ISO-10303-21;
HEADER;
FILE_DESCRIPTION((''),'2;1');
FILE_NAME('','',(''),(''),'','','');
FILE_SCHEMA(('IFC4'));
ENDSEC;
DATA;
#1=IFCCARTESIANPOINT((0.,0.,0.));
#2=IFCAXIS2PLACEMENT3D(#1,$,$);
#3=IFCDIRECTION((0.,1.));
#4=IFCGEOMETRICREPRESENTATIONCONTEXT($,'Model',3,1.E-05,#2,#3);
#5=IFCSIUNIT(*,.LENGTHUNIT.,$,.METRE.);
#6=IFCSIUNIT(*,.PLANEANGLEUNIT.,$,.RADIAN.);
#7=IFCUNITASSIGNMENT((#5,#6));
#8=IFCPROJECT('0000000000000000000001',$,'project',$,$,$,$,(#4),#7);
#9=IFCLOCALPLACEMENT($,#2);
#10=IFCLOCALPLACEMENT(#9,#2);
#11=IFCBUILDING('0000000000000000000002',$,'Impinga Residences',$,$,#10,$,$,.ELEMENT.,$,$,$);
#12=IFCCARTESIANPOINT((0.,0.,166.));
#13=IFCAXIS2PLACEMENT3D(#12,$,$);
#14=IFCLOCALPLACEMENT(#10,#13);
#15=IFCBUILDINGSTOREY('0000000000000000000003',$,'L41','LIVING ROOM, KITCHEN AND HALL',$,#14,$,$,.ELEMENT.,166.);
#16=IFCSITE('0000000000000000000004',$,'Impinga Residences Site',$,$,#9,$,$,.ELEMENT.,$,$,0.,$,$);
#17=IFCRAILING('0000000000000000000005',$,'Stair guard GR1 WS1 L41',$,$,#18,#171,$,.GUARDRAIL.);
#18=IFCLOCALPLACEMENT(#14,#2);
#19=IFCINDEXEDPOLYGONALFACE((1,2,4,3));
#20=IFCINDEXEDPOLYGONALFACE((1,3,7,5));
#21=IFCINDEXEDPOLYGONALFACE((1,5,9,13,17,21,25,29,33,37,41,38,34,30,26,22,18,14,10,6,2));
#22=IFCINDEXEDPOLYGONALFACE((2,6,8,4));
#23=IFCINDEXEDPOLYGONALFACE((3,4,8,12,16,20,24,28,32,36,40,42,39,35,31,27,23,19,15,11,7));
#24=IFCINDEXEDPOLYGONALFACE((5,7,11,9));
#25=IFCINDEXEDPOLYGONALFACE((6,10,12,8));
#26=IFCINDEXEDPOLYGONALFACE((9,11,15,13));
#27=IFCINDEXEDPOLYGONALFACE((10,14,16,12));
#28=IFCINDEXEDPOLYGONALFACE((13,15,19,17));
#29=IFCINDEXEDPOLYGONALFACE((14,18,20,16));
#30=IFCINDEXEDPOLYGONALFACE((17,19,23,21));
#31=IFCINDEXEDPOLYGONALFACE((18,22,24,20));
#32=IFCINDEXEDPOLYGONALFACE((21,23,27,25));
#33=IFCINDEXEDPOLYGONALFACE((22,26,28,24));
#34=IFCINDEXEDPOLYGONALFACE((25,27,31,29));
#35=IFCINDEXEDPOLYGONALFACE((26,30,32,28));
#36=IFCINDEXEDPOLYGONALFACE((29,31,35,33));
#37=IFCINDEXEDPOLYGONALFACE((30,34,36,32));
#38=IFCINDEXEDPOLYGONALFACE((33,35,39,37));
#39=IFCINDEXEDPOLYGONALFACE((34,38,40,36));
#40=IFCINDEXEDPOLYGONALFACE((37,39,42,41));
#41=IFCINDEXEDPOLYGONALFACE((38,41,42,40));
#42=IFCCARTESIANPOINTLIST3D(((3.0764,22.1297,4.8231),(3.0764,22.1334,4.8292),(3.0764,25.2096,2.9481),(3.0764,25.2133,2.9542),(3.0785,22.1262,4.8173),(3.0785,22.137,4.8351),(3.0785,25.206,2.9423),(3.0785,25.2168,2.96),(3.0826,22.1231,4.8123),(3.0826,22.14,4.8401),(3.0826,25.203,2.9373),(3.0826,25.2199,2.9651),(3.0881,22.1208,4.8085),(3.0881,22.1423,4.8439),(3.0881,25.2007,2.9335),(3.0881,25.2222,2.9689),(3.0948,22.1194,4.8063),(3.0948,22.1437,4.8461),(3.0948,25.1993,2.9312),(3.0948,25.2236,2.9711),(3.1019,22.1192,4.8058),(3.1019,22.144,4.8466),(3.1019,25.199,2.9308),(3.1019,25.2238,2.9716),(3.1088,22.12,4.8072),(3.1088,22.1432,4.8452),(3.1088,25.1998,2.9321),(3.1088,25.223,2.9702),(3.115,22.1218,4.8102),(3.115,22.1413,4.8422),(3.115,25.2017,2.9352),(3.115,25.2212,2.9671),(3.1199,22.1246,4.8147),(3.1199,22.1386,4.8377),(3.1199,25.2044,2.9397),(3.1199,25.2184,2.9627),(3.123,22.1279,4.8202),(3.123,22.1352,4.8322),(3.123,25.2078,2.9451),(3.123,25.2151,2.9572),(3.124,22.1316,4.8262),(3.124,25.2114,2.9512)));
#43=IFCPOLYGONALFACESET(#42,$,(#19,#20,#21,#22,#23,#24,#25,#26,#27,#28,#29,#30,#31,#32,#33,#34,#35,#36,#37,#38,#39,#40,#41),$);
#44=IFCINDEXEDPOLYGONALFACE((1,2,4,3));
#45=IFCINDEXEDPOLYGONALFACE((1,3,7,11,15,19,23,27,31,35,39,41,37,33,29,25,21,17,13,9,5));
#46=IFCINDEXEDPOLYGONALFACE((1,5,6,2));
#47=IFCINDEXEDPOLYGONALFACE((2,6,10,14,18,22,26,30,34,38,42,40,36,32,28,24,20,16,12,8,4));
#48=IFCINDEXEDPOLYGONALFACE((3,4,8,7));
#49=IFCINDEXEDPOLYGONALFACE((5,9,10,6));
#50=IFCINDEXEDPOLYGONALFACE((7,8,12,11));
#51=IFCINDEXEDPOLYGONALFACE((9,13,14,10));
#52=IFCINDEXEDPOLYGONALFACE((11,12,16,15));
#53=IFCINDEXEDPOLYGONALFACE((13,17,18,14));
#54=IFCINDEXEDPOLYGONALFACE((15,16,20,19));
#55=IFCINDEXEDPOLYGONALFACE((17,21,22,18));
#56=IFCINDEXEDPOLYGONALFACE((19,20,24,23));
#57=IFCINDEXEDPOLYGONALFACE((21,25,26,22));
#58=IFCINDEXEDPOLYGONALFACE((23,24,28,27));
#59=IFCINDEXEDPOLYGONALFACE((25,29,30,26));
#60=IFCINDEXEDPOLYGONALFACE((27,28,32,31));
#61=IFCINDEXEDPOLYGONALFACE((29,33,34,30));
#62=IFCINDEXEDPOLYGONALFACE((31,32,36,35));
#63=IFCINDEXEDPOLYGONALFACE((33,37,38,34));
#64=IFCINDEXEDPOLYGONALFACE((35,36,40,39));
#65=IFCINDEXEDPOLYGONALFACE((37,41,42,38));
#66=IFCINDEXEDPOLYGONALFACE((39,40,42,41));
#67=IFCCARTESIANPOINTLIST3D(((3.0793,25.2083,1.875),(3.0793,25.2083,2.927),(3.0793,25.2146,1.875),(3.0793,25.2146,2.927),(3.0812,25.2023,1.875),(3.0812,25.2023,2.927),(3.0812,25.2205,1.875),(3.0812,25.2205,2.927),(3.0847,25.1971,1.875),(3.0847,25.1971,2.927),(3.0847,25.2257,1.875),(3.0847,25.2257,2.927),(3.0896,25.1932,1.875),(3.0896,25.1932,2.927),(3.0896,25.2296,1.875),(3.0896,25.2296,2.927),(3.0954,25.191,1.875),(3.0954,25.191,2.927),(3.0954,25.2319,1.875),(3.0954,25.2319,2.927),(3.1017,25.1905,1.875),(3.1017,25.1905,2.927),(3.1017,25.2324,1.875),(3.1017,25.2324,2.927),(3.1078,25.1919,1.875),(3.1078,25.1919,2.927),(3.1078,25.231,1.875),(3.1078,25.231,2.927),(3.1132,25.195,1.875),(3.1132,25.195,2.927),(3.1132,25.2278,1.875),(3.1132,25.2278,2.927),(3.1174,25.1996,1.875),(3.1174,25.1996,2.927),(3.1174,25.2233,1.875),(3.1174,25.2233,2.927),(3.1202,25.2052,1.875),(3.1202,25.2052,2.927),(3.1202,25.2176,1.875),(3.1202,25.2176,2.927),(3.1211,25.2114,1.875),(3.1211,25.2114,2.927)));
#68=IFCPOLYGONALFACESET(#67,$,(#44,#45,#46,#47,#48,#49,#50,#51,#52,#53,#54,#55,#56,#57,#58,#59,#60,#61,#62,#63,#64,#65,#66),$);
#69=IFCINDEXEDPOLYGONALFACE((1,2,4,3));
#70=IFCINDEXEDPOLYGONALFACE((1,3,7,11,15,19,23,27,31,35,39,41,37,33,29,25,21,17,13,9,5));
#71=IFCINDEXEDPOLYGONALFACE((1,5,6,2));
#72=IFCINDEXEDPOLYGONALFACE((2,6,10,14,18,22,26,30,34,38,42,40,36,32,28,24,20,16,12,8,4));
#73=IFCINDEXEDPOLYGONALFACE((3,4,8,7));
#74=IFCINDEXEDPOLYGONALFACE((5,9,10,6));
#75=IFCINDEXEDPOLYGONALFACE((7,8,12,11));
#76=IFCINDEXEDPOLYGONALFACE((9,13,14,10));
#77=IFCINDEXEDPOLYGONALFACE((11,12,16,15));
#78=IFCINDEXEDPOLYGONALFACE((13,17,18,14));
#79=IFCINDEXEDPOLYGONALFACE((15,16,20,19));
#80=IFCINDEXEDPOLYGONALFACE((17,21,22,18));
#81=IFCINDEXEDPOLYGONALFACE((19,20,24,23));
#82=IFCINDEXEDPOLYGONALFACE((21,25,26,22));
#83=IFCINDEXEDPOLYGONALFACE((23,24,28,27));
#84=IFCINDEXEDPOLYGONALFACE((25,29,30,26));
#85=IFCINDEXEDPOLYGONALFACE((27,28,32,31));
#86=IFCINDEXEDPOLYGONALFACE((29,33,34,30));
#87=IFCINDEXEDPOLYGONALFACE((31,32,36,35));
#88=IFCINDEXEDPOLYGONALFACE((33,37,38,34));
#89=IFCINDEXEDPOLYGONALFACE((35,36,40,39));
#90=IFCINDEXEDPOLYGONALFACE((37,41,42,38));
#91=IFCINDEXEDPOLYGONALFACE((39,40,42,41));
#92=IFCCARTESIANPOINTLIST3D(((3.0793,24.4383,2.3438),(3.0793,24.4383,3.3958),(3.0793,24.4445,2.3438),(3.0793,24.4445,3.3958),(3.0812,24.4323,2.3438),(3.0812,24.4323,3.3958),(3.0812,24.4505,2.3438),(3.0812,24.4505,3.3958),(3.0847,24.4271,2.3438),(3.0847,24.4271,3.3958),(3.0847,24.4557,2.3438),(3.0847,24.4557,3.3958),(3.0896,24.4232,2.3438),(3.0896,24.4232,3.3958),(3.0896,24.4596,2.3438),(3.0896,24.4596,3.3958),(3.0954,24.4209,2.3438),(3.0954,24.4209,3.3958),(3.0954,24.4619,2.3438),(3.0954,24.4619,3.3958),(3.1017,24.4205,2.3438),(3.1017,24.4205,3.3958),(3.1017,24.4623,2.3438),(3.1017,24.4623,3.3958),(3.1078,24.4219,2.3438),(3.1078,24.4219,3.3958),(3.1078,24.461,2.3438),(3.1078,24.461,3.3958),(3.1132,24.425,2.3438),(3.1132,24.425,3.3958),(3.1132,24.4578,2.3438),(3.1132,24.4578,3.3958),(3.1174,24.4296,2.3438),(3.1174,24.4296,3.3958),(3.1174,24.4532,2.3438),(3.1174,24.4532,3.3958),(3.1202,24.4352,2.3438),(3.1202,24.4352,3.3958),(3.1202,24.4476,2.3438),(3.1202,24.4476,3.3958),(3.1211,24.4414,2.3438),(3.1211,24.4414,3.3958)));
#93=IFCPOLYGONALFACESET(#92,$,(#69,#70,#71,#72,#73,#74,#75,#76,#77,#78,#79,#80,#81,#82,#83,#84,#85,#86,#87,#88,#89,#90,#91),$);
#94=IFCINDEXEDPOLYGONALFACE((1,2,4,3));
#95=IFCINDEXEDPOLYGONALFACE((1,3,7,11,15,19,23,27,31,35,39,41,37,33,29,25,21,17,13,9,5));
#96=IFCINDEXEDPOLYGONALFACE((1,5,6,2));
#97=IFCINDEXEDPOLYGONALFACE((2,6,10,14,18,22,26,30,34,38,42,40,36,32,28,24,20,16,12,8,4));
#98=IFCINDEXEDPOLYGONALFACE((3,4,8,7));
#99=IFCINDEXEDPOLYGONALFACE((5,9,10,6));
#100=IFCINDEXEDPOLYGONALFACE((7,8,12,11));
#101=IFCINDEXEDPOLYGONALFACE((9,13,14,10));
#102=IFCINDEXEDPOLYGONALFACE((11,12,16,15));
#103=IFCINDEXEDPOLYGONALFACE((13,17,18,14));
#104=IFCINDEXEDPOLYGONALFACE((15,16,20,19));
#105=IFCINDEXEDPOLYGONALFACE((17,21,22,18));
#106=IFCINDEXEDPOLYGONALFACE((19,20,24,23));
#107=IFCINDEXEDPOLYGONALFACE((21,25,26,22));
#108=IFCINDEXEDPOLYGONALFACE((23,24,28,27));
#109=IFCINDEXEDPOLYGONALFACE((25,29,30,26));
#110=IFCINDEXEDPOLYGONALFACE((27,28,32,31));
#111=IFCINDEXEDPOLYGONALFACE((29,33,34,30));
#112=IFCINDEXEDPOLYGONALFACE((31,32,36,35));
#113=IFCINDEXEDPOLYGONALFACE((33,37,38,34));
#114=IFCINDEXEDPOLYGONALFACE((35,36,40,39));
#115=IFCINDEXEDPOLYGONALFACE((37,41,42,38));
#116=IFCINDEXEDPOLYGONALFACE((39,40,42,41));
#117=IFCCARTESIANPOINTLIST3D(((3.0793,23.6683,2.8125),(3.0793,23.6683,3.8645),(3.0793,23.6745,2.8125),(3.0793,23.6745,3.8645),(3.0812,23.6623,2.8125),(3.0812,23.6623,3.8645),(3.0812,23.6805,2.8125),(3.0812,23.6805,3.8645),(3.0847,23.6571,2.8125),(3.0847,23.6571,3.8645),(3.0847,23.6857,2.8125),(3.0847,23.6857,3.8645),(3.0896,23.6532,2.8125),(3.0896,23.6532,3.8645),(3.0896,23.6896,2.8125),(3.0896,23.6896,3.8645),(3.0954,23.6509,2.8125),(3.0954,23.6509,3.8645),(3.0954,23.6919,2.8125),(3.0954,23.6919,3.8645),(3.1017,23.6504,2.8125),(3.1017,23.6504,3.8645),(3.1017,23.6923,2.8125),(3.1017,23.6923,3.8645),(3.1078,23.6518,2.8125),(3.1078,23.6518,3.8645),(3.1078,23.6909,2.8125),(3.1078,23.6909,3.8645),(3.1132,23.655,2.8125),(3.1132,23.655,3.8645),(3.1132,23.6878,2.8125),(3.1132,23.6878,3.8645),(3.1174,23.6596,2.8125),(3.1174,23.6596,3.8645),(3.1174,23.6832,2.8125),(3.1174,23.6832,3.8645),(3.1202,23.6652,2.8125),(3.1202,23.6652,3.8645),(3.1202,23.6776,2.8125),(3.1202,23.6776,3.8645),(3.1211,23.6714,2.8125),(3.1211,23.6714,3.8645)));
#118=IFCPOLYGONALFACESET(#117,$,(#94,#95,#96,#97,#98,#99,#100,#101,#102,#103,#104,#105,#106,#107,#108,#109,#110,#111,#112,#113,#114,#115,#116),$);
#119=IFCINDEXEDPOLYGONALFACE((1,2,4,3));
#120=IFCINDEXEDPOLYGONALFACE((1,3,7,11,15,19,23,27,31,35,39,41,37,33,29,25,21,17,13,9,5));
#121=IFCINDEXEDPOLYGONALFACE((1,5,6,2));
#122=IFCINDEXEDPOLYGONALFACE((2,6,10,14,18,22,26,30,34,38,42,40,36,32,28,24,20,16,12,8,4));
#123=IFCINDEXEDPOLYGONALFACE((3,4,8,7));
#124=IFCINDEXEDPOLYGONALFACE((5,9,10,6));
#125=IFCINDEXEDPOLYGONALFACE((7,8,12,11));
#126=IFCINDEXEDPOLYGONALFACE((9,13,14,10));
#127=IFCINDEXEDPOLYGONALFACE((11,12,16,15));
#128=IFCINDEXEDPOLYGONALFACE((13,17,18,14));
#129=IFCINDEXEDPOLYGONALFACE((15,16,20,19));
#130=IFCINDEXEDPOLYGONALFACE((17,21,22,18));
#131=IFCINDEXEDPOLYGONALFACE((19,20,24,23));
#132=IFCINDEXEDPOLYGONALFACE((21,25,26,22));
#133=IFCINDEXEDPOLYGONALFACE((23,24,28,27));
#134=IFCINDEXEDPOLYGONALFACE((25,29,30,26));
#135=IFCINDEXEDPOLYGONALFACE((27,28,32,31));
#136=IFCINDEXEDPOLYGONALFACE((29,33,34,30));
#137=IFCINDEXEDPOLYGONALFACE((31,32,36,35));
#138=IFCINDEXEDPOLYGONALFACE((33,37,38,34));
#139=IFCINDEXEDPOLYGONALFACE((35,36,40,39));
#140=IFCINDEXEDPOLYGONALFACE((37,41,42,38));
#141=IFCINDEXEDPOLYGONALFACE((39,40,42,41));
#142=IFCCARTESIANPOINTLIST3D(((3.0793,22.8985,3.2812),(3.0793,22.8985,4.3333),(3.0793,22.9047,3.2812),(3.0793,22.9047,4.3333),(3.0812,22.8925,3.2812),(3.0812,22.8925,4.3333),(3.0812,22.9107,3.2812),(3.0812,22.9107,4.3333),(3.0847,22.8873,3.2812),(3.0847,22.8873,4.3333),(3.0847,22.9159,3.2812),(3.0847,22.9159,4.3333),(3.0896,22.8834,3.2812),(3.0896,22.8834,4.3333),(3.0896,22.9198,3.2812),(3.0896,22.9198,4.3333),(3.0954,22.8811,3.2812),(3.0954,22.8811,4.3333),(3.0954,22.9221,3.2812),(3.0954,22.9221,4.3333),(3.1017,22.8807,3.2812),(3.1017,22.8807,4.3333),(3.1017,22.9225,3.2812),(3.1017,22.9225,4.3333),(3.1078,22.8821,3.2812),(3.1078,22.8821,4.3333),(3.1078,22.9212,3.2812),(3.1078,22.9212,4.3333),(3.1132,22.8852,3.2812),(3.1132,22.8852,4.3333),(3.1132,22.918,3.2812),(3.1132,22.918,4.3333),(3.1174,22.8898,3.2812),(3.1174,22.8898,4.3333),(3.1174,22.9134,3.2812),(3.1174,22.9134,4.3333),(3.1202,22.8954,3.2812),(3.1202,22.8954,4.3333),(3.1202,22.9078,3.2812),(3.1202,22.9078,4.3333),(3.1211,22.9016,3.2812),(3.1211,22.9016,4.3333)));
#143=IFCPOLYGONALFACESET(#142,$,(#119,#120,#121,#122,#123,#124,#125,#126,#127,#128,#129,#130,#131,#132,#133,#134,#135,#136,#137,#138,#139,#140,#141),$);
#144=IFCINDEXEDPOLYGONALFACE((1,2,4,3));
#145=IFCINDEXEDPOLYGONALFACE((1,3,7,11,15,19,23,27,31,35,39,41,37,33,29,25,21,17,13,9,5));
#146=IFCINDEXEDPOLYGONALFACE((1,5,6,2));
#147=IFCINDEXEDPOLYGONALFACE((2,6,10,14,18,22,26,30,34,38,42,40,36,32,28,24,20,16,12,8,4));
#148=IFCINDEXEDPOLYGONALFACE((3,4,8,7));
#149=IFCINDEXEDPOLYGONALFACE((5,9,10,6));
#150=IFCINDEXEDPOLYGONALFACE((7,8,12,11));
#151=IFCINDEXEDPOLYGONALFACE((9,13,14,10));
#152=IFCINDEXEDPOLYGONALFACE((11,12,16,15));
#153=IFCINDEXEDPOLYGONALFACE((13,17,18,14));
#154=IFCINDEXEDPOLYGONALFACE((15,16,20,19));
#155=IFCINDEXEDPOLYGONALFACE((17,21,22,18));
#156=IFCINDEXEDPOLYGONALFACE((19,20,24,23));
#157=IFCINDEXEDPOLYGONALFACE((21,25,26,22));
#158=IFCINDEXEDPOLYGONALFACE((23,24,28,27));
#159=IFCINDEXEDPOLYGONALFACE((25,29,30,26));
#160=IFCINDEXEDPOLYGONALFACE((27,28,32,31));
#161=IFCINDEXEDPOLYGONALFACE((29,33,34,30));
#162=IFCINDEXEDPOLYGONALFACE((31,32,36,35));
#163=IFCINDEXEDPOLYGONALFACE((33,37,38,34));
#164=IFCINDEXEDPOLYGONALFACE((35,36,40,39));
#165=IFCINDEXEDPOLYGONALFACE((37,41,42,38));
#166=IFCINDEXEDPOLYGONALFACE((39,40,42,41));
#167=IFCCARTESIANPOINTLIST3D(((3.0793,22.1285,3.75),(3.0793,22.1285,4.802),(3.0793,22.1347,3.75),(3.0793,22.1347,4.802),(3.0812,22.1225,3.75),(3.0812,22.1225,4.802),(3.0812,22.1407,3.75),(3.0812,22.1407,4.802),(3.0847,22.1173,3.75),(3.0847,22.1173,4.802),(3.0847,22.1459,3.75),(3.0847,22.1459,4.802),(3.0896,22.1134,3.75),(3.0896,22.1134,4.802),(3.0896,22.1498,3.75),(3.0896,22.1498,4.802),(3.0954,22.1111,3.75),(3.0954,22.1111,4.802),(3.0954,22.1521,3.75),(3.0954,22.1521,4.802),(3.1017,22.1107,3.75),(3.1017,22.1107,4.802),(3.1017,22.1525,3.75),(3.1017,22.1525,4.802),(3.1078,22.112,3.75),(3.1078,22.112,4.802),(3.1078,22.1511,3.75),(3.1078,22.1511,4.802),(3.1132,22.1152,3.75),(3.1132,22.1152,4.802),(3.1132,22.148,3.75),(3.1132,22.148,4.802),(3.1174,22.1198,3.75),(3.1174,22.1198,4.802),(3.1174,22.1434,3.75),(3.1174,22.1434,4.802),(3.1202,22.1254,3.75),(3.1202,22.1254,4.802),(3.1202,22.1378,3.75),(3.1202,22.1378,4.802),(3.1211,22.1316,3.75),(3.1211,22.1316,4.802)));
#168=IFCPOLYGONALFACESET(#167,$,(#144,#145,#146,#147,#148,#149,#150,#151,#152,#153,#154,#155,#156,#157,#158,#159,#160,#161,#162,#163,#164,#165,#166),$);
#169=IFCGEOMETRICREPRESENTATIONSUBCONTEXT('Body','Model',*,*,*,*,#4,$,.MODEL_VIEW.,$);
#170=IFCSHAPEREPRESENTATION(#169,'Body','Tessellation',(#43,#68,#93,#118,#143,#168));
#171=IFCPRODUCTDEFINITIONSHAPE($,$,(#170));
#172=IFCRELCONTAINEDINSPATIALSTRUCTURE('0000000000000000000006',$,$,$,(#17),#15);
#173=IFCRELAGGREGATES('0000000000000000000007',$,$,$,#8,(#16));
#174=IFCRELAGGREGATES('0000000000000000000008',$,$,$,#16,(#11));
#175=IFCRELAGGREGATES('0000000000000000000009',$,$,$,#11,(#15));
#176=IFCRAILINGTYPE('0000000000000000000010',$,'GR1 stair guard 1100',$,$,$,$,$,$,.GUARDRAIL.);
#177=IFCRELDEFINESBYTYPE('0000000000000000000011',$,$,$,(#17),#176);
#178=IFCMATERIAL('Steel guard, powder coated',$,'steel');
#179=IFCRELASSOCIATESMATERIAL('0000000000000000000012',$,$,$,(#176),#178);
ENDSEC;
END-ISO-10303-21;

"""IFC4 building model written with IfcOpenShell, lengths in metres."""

from ifc_helpers import new_model, si_unit, direction, frame, origin, origin_2d, place, context, subcontext, project, spatial, circle, extrude, material, type_object, element, save


model = new_model("IFC4")

# Units and contexts
model_context = context("Model", 3, precision=1e-05, world=origin(), true_north=direction((0.0, 1.0)))
body_context = subcontext(model_context, "Body", "Model", "MODEL_VIEW")
ifc_project = project(units=[si_unit("LENGTHUNIT", "METRE"), si_unit("PLANEANGLEUNIT", "RADIAN")], contexts=[model_context])

# Site, building, storey
site_placement = place(None, origin())
site = spatial("IfcSite", under=ifc_project, at=site_placement, Name="Impinga Residences Site", CompositionType="ELEMENT", RefElevation=0.0)
building_placement = place(site_placement, origin())
building = spatial("IfcBuilding", under=site, at=building_placement, Name="Impinga Residences", CompositionType="ELEMENT")
storey_placement = place(building_placement, frame((0.0, 0.0, 166.0)))
storey = spatial("IfcBuildingStorey", under=building, at=storey_placement, Name="L41", Description="LIVING ROOM, KITCHEN AND HALL", CompositionType="ELEMENT", Elevation=166.0)

# Railing
ifc_material_1 = material(Name="Steel guard, powder coated", Category="steel")
railing_type_1 = type_object("IfcRailingType", Name="GR1 stair guard 1100", PredefinedType="GUARDRAIL", material=ifc_material_1)
railing_1_placement = place(storey_placement, frame((3.1001, 25.2114, 1.875)))
element("IfcRailing", 1, at=railing_1_placement, inside=storey, type_object=railing_type_1, Name="Stair guard GR1 WS1 L41", PredefinedType="GUARDRAIL", context=body_context, shape_type="SweptSolid", body=[
    extrude(circle(Radius=0.0239, at=origin_2d()), frame((0.0, 0.0, 1.0762), z_axis=(0.0, -0.854159, 0.520011), x_axis=(1.0, 0.0, 0.0)), (0.0, 0.0, 1.0), 3.6057),
    extrude(circle(Radius=0.021, at=origin_2d()), origin(), (0.0, 0.0, 1.0), 1.052),
    extrude(circle(Radius=0.021, at=origin_2d()), frame((0.0, -0.77, 0.4688)), (0.0, 0.0, 1.0), 1.052),
    extrude(circle(Radius=0.021, at=origin_2d()), frame((0.0, -1.54, 0.9375)), (0.0, 0.0, 1.0), 1.052),
    extrude(circle(Radius=0.021, at=origin_2d()), frame((0.0, -2.3098, 1.4062)), (0.0, 0.0, 1.0), 1.052),
    extrude(circle(Radius=0.021, at=origin_2d()), frame((0.0, -3.0798, 1.875)), (0.0, 0.0, 1.0), 1.052),
])

save(model, "model.ifc")
